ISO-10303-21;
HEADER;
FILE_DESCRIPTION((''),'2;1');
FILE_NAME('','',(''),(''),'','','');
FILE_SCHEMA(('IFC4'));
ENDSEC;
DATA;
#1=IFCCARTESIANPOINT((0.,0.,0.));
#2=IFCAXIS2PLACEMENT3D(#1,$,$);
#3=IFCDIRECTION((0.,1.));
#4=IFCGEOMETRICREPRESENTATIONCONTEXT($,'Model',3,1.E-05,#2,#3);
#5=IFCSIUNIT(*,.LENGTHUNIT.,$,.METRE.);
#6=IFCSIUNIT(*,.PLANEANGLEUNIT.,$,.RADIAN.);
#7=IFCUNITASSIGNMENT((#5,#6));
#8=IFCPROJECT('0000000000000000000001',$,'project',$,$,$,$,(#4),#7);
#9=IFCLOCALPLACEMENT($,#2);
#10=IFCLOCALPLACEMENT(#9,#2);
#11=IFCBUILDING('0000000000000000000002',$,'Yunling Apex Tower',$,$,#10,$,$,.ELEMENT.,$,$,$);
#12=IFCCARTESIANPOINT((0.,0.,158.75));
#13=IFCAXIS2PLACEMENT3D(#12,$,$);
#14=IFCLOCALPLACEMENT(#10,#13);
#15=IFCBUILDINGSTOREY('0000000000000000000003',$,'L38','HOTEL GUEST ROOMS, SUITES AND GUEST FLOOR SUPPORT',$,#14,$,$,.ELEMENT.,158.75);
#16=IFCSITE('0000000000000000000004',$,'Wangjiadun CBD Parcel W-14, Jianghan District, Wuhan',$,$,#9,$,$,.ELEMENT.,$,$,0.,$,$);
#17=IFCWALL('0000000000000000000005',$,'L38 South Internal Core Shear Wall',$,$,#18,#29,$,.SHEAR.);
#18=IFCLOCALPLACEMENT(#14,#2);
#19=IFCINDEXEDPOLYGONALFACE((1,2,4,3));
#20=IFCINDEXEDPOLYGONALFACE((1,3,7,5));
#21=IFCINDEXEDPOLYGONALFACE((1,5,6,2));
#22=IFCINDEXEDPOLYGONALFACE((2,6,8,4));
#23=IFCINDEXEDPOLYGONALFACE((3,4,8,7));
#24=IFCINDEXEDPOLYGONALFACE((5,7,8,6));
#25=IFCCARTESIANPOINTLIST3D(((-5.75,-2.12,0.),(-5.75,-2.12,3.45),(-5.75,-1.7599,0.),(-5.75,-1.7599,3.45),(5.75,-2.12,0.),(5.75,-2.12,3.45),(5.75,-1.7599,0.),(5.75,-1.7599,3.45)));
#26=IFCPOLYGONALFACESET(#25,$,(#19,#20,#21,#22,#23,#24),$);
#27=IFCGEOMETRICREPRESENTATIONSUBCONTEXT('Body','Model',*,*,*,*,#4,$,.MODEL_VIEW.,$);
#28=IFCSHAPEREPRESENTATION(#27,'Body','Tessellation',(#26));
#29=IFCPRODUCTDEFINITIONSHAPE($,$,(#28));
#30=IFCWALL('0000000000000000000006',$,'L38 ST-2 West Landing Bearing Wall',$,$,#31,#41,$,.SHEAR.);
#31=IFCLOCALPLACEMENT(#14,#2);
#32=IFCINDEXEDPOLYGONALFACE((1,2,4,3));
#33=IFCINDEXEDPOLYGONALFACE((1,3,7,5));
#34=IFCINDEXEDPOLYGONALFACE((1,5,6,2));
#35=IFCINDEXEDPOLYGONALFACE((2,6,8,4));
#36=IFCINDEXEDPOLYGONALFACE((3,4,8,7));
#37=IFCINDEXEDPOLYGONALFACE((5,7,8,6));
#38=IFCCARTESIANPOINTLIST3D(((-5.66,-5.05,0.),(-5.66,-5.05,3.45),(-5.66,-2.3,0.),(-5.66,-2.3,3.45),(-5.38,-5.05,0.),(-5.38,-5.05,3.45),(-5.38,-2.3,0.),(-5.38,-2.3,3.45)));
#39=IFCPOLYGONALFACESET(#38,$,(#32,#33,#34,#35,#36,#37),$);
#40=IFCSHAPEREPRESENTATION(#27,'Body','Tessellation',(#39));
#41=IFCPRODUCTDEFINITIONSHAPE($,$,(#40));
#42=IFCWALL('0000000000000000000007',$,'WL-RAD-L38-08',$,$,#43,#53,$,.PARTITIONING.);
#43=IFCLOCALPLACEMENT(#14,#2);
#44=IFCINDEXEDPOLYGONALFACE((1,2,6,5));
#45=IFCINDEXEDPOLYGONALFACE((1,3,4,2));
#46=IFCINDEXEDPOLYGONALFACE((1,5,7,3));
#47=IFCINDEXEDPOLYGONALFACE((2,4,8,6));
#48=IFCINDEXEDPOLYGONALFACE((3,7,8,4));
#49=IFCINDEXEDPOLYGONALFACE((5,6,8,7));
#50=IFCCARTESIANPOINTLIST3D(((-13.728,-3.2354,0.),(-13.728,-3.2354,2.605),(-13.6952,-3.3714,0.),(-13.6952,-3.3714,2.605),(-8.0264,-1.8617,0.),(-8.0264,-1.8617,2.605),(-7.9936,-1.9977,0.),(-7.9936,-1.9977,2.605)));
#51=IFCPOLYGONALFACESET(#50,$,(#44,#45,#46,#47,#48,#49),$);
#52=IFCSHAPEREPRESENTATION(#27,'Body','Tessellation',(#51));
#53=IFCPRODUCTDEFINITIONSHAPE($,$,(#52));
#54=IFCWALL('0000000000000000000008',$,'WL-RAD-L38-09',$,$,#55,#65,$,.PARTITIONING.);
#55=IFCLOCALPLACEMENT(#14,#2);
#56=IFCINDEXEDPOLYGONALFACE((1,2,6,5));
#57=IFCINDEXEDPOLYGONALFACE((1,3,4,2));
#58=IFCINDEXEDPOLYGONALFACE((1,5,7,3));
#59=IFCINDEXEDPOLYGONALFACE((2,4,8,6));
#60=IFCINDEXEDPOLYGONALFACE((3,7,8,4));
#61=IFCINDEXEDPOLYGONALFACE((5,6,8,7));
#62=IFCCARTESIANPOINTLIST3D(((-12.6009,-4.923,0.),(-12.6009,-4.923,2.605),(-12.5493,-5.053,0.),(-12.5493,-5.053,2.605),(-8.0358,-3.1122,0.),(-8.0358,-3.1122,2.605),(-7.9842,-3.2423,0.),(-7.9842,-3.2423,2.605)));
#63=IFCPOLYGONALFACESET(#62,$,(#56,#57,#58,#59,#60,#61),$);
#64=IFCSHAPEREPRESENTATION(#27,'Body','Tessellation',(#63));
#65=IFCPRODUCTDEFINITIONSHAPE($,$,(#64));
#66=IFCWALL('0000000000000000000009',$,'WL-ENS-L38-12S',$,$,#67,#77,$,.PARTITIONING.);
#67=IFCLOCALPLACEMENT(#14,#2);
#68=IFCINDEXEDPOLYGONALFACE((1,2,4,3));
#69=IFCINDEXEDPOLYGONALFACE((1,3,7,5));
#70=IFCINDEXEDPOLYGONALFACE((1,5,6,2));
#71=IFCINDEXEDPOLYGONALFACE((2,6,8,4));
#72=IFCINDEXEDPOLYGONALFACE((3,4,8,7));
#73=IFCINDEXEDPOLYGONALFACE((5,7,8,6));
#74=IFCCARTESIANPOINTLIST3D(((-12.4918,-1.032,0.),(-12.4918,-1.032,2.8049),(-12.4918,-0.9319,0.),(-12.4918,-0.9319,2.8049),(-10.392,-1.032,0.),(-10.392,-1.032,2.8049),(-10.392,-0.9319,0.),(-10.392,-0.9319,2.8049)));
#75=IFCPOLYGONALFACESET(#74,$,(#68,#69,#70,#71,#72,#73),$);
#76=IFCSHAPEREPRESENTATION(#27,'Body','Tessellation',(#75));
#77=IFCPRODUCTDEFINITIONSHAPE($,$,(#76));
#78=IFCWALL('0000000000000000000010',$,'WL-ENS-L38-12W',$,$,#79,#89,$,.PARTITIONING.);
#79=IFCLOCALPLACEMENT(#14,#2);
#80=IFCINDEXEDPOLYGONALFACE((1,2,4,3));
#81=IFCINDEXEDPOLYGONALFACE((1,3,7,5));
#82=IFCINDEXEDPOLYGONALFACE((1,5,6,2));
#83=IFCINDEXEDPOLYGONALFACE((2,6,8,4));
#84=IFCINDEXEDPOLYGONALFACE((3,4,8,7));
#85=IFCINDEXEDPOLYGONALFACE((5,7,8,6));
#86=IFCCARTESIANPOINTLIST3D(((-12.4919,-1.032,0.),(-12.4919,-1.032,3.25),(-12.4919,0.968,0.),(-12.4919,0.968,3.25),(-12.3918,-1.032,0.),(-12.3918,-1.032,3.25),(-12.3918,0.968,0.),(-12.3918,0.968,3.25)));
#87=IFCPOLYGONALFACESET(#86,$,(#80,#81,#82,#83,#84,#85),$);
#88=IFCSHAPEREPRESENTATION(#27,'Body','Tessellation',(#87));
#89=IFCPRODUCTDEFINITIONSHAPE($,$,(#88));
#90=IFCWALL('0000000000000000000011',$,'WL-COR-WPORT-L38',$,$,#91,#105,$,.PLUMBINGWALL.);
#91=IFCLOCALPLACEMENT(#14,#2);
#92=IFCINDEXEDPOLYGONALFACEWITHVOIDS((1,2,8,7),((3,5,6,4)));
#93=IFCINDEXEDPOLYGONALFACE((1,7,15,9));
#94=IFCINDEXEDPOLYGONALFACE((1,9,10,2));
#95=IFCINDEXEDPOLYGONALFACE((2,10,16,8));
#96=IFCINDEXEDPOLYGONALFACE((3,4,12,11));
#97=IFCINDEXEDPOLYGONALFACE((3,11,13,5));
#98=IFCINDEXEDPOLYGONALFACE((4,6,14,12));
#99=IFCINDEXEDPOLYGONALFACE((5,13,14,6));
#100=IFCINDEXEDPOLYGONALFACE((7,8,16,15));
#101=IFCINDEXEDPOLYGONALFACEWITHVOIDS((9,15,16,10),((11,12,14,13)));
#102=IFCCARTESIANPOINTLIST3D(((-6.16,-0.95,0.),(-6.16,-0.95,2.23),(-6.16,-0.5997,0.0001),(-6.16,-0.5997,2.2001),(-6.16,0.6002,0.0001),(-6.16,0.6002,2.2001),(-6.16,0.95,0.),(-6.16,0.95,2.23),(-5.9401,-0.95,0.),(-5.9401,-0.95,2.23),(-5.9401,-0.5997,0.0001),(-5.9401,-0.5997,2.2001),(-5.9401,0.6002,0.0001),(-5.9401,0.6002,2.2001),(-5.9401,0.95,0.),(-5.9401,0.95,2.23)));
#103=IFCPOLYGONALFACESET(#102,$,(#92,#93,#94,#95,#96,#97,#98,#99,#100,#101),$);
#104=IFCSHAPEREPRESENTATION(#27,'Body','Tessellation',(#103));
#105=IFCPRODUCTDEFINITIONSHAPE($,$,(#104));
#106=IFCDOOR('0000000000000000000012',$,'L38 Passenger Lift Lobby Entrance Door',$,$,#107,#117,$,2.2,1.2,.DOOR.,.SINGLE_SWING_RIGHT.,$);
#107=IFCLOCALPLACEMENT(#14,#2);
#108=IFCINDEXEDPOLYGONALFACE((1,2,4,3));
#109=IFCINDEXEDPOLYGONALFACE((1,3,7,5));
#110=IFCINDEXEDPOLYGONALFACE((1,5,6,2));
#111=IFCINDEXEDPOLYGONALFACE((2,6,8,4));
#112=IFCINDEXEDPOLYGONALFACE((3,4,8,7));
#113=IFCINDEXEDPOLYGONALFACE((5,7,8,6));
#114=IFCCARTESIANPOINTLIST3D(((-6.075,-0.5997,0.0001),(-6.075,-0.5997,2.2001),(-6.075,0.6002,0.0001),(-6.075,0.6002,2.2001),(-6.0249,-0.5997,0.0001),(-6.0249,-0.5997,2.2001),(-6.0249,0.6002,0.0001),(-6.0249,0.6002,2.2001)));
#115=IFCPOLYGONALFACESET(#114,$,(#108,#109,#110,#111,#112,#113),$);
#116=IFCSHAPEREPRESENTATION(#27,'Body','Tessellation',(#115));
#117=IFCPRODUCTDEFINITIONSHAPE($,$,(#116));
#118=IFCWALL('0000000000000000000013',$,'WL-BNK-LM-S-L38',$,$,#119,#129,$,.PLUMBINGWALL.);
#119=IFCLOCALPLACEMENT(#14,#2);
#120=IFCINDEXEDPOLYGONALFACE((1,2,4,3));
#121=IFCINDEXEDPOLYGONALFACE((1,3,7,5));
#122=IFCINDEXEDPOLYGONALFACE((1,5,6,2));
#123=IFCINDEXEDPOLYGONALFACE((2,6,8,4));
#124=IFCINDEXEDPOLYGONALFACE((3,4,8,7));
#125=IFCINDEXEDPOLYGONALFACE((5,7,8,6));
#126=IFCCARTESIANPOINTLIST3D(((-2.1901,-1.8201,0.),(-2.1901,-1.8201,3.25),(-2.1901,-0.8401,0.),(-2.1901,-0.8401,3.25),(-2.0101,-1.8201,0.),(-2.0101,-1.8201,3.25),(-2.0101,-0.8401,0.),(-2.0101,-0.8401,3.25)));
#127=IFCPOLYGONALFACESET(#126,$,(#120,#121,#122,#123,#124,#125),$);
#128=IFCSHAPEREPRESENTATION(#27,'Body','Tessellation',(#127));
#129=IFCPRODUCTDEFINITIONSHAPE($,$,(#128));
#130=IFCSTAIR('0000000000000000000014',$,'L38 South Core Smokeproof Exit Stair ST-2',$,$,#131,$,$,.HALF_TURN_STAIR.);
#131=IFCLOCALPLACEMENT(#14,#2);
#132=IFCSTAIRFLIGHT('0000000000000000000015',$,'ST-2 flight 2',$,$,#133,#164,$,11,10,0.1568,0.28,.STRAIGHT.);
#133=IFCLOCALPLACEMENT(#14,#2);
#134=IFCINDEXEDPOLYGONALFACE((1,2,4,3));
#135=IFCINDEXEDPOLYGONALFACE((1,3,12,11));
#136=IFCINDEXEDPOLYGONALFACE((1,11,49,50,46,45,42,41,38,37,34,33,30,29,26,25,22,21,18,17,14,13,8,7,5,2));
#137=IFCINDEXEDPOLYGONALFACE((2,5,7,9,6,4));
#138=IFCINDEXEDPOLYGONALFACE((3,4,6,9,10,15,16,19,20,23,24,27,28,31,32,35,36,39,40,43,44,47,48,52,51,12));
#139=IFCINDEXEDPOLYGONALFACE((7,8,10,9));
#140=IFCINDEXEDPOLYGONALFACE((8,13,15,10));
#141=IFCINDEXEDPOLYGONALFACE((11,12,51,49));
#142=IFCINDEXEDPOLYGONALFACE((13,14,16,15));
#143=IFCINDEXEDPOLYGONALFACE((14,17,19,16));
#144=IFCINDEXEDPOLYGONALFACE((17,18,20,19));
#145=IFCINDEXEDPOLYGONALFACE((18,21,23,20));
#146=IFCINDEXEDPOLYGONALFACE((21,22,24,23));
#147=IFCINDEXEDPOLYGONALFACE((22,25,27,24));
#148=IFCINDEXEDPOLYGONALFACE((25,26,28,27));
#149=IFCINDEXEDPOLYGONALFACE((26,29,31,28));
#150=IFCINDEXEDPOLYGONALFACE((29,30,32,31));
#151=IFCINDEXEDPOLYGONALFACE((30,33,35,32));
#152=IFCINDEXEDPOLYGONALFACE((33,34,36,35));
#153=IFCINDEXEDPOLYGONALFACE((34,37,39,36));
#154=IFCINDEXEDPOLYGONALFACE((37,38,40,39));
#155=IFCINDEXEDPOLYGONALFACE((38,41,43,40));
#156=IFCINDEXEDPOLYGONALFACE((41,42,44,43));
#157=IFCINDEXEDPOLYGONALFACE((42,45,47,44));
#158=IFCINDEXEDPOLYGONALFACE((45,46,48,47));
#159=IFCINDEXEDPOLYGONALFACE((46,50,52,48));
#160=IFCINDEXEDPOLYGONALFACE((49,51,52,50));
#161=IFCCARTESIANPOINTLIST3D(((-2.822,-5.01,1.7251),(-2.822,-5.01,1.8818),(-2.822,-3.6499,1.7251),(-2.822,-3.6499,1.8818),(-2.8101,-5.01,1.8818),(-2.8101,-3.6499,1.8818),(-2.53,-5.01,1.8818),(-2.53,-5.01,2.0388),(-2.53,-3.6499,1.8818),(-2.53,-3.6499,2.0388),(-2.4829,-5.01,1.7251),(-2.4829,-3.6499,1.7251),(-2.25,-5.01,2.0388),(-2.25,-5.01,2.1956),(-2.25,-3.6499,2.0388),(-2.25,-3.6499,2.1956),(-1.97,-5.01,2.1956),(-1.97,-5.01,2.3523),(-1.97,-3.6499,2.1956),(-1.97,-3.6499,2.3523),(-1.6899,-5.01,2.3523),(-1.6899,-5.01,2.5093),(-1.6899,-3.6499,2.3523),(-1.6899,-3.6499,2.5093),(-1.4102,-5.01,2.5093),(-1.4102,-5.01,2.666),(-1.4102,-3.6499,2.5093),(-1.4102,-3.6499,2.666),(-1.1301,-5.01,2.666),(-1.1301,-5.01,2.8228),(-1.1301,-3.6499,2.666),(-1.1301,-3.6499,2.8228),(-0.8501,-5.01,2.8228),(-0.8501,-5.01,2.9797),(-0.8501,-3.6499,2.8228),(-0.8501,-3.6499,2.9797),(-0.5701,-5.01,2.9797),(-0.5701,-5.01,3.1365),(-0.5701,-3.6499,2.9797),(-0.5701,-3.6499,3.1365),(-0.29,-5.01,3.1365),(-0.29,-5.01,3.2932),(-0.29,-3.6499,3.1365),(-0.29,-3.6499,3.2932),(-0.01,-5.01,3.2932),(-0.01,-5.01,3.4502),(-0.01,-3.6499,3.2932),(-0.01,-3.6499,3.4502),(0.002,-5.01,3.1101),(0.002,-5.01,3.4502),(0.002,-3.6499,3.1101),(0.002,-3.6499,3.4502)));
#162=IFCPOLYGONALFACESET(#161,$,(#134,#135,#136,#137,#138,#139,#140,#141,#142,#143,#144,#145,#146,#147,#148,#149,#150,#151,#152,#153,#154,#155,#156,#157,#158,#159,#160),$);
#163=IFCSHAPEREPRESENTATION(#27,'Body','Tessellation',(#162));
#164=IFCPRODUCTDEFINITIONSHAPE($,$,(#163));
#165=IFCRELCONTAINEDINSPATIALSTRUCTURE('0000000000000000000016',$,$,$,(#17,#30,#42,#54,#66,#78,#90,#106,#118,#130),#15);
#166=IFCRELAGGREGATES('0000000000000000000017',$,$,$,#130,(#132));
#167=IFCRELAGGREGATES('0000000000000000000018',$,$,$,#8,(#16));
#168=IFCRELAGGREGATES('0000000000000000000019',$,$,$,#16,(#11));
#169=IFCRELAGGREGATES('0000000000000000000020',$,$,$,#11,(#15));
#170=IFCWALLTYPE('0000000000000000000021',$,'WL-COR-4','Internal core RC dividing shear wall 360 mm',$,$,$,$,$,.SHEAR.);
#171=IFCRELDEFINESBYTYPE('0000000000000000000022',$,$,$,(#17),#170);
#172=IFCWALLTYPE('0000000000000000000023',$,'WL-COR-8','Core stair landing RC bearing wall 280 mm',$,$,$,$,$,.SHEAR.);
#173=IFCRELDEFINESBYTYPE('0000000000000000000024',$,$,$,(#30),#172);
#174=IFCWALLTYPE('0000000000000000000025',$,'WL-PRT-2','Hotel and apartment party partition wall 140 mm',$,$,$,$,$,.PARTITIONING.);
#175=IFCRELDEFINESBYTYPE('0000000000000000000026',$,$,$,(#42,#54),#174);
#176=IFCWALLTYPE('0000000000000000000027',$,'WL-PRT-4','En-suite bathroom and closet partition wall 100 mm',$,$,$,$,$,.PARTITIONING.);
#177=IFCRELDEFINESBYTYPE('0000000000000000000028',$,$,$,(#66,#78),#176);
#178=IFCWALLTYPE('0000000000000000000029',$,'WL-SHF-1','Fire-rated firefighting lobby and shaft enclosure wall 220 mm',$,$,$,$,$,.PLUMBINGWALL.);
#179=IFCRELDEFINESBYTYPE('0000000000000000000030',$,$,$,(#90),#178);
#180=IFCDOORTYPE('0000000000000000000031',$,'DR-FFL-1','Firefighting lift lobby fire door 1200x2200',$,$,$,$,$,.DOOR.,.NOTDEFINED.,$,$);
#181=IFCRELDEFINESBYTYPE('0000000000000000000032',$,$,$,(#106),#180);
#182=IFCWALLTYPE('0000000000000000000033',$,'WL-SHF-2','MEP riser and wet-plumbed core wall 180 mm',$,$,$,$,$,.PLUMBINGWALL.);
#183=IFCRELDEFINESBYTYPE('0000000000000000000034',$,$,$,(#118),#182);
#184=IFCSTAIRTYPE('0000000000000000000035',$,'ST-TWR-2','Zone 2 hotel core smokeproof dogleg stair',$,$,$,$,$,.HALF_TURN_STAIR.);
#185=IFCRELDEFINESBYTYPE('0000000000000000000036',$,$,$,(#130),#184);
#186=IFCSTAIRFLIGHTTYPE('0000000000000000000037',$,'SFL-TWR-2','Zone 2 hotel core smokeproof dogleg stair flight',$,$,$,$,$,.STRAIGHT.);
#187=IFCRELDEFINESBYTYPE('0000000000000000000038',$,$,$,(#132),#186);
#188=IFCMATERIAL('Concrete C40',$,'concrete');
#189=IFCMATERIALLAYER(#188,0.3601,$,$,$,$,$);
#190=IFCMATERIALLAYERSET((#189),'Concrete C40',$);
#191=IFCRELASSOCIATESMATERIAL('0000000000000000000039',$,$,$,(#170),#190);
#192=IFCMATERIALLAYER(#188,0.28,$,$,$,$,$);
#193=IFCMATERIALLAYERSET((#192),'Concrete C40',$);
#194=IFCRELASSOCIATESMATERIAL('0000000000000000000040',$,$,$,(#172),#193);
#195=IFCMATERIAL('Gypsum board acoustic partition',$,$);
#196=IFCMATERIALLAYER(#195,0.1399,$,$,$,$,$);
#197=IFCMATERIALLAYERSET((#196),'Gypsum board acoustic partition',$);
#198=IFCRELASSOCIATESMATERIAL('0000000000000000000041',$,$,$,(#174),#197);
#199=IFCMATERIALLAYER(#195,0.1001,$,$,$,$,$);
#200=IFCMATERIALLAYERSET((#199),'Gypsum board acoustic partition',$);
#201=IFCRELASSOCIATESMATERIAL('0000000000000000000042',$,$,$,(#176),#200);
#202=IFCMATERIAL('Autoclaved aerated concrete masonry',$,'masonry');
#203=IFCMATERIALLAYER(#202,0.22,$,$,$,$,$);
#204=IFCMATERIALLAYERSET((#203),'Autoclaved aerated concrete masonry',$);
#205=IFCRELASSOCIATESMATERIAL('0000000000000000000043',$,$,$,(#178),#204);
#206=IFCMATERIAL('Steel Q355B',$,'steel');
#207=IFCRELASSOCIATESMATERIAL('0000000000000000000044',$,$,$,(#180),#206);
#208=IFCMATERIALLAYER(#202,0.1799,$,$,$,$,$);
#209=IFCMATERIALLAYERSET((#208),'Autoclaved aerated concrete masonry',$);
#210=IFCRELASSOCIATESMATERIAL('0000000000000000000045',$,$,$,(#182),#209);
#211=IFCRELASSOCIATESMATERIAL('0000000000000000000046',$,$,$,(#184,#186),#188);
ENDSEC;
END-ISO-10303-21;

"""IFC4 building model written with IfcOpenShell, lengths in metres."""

from ifc_helpers import new_model, si_unit, direction, frame, frame_2d, origin, place, context, subcontext, project, spatial, polyline, rectangle, outline, extrude, material, layer, layer_set, type_object, element, fill, aggregate, save


model = new_model("IFC4")

# Units and contexts
model_context = context("Model", 3, precision=1e-05, world=origin(), true_north=direction((0.0, 1.0)))
body_context = subcontext(model_context, "Body", "Model", "MODEL_VIEW")
ifc_project = project(units=[si_unit("LENGTHUNIT", "METRE"), si_unit("PLANEANGLEUNIT", "RADIAN")], contexts=[model_context])

# Site, building, storey
site_placement = place(None, origin())
site = spatial("IfcSite", under=ifc_project, at=site_placement, Name="Wangjiadun CBD Parcel W-14, Jianghan District, Wuhan", CompositionType="ELEMENT", RefElevation=0.0)
building_placement = place(site_placement, origin())
building = spatial("IfcBuilding", under=site, at=building_placement, Name="Yunling Apex Tower", CompositionType="ELEMENT")
storey_placement = place(building_placement, frame((0.0, 0.0, 158.75)))
storey = spatial("IfcBuildingStorey", under=building, at=storey_placement, Name="L38", Description="HOTEL GUEST ROOMS, SUITES AND GUEST FLOOR SUPPORT", CompositionType="ELEMENT", Elevation=158.75)

# Shared definitions
ifc_material_1 = material(Name="Steel Q355B", Category="steel")

# Walls
ifc_material_2 = material(Name="Concrete C40", Category="concrete")
ifc_layer_1 = layer(ifc_material_2, 0.3601)
ifc_layer_set_1 = layer_set([ifc_layer_1], Name="Concrete C40")
wall_type_1 = type_object("IfcWallType", Name="WL-COR-4", Description="Internal core RC dividing shear wall 360 mm", PredefinedType="SHEAR", material=ifc_layer_set_1)
wall_1_placement = place(storey_placement, frame((-5.75, -1.9399, 0.0), z_axis=(0.0, 0.0, 1.0), x_axis=(1.0, 0.0, 0.0)))
element("IfcWall", 1, at=wall_1_placement, inside=storey, type_object=wall_type_1, Name="L38 South Internal Core Shear Wall", PredefinedType="SHEAR", context=body_context, shape_type="SweptSolid", body=[
    extrude(rectangle(XDim=11.5, YDim=0.3601, at=frame_2d((5.75, 0.0))), origin(), (0.0, 0.0, 1.0), 3.45),
])
ifc_layer_2 = layer(ifc_material_2, 0.28)
ifc_layer_set_2 = layer_set([ifc_layer_2], Name="Concrete C40")
wall_type_2 = type_object("IfcWallType", Name="WL-COR-8", Description="Core stair landing RC bearing wall 280 mm", PredefinedType="SHEAR", material=ifc_layer_set_2)
wall_2_placement = place(storey_placement, frame((-5.52, -5.05, 0.0), z_axis=(0.0, 0.0, 1.0), x_axis=(0.0, 1.0, 0.0)))
element("IfcWall", 2, at=wall_2_placement, inside=storey, type_object=wall_type_2, Name="L38 ST-2 West Landing Bearing Wall", PredefinedType="SHEAR", context=body_context, shape_type="SweptSolid", body=[
    extrude(rectangle(XDim=2.75, YDim=0.28, at=frame_2d((1.375, 0.0))), origin(), (0.0, 0.0, 1.0), 3.45),
])
ifc_material_3 = material(Name="Gypsum board acoustic partition")
ifc_layer_3 = layer(ifc_material_3, 0.1399)
ifc_layer_set_3 = layer_set([ifc_layer_3], Name="Gypsum board acoustic partition")
wall_type_3 = type_object("IfcWallType", Name="WL-PRT-2", Description="Hotel and apartment party partition wall 140 mm", PredefinedType="PARTITIONING", material=ifc_layer_set_3)
wall_3_placement = place(storey_placement, frame((-8.01, -1.9297, 0.0), z_axis=(0.0, 0.0, 1.0), x_axis=(-0.972179, -0.23424, 0.0)))
element("IfcWall", 3, at=wall_3_placement, inside=storey, type_object=wall_type_3, Name="WL-RAD-L38-08", PredefinedType="PARTITIONING", context=body_context, shape_type="SweptSolid", body=[
    extrude(rectangle(XDim=5.8647, YDim=0.1399, at=frame_2d((2.9324, 0.0))), origin(), (0.0, 0.0, 1.0), 2.605),
])
wall_4_placement = place(storey_placement, frame((-8.01, -3.1772, 0.0), z_axis=(0.0, 0.0, 1.0), x_axis=(-0.929546, -0.368706, 0.0)))
element("IfcWall", 4, at=wall_4_placement, inside=storey, type_object=wall_type_3, Name="WL-RAD-L38-09", PredefinedType="PARTITIONING", context=body_context, shape_type="SweptSolid", body=[
    extrude(rectangle(XDim=4.9111, YDim=0.1399, at=frame_2d((2.4556, 0.0))), origin(), (0.0, 0.0, 1.0), 2.605),
])
ifc_layer_4 = layer(ifc_material_3, 0.1001)
ifc_layer_set_4 = layer_set([ifc_layer_4], Name="Gypsum board acoustic partition")
wall_type_4 = type_object("IfcWallType", Name="WL-PRT-4", Description="En-suite bathroom and closet partition wall 100 mm", PredefinedType="PARTITIONING", material=ifc_layer_set_4)
wall_5_placement = place(storey_placement, frame((-10.3921, -0.9819, 0.0), z_axis=(0.0, 0.0, 1.0), x_axis=(-1.0, 0.0, 0.0)))
element("IfcWall", 5, at=wall_5_placement, inside=storey, type_object=wall_type_4, Name="WL-ENS-L38-12S", PredefinedType="PARTITIONING", context=body_context, shape_type="SweptSolid", body=[
    extrude(rectangle(XDim=2.0999, YDim=0.1001, at=frame_2d((1.0498, 0.0))), origin(), (0.0, 0.0, 1.0), 2.8049),
])
wall_6_placement = place(storey_placement, frame((-12.4419, -1.032, 0.0), z_axis=(0.0, 0.0, 1.0), x_axis=(0.0, 1.0, 0.0)))
element("IfcWall", 6, at=wall_6_placement, inside=storey, type_object=wall_type_4, Name="WL-ENS-L38-12W", PredefinedType="PARTITIONING", context=body_context, shape_type="SweptSolid", body=[
    extrude(rectangle(XDim=2.0, YDim=0.1001, at=frame_2d((1.0, 0.0))), origin(), (0.0, 0.0, 1.0), 3.25),
])

# Wall, opening, door
ifc_material_4 = material(Name="Autoclaved aerated concrete masonry", Category="masonry")
ifc_layer_5 = layer(ifc_material_4, 0.22)
ifc_layer_set_5 = layer_set([ifc_layer_5], Name="Autoclaved aerated concrete masonry")
wall_type_5 = type_object("IfcWallType", Name="WL-SHF-1", Description="Fire-rated firefighting lobby and shaft enclosure wall 220 mm", PredefinedType="PLUMBINGWALL", material=ifc_layer_set_5)
wall_7_placement = place(storey_placement, frame((-6.05, -0.95, 0.0), z_axis=(0.0, 0.0, 1.0), x_axis=(0.0, 1.0, 0.0)))
wall_7 = element("IfcWall", 7, at=wall_7_placement, inside=storey, type_object=wall_type_5, Name="WL-COR-WPORT-L38", PredefinedType="PLUMBINGWALL", context=body_context, shape_type="SweptSolid", body=[
    extrude(rectangle(XDim=1.8999, YDim=0.22, at=frame_2d((0.95, 0.0))), origin(), (0.0, 0.0, 1.0), 2.23),
])
opening_placement = place(wall_7_placement, frame((0.3501, 0.0, 0.0)))
opening = element("IfcOpeningElement", 8, at=opening_placement, cuts=wall_7, PredefinedType="OPENING", context=body_context, shape_type="SweptSolid", body=[
    extrude(rectangle(XDim=1.2, YDim=2.2, at=frame_2d((0.6001, 1.1001))), frame((0.0, 0.1201, 0.0), z_axis=(0.0, -1.0, 0.0), x_axis=(1.0, 0.0, 0.0)), (0.0, 0.0, 1.0), 0.24),
])
door_type = type_object("IfcDoorType", Name="DR-FFL-1", Description="Firefighting lift lobby fire door 1200x2200", OperationType="NOTDEFINED", PredefinedType="DOOR", material=ifc_material_1)
door_placement = place(opening_placement, origin())
door = element("IfcDoor", 9, at=door_placement, inside=storey, type_object=door_type, Name="L38 Passenger Lift Lobby Entrance Door", OperationType="SINGLE_SWING_RIGHT", OverallHeight=2.2, OverallWidth=1.2, PredefinedType="DOOR", context=body_context, shape_type="SweptSolid", body=[
    extrude(rectangle(XDim=1.2, YDim=2.2, at=frame_2d((0.6001, 1.1001))), frame((0.0, 0.0249, 0.0), z_axis=(0.0, -1.0, 0.0), x_axis=(1.0, 0.0, 0.0)), (0.0, 0.0, 1.0), 0.05),
])
fill(opening, door)

# Wall
ifc_layer_6 = layer(ifc_material_4, 0.1799)
ifc_layer_set_6 = layer_set([ifc_layer_6], Name="Autoclaved aerated concrete masonry")
wall_type_6 = type_object("IfcWallType", Name="WL-SHF-2", Description="MEP riser and wet-plumbed core wall 180 mm", PredefinedType="PLUMBINGWALL", material=ifc_layer_set_6)
wall_8_placement = place(storey_placement, frame((-2.1001, -1.8201, 0.0), z_axis=(0.0, 0.0, 1.0), x_axis=(0.0, 1.0, 0.0)))
element("IfcWall", 10, at=wall_8_placement, inside=storey, type_object=wall_type_6, Name="WL-BNK-LM-S-L38", PredefinedType="PLUMBINGWALL", context=body_context, shape_type="SweptSolid", body=[
    extrude(rectangle(XDim=0.98, YDim=0.1799, at=frame_2d((0.49, 0.0))), origin(), (0.0, 0.0, 1.0), 3.25),
])

# Stair, stair flight
stair_type = type_object("IfcStairType", Name="ST-TWR-2", Description="Zone 2 hotel core smokeproof dogleg stair", PredefinedType="HALF_TURN_STAIR", material=ifc_material_2)
stair_placement = place(storey_placement, origin())
stair = element("IfcStair", 11, at=stair_placement, inside=storey, type_object=stair_type, Name="L38 South Core Smokeproof Exit Stair ST-2", PredefinedType="HALF_TURN_STAIR")
stair_flight_type = type_object("IfcStairFlightType", Name="SFL-TWR-2", Description="Zone 2 hotel core smokeproof dogleg stair flight", PredefinedType="STRAIGHT", material=ifc_material_2)
stair_flight_placement = place(storey_placement, frame((-2.8101, -4.3301, 1.7251), z_axis=(0.0, 0.0, 1.0), x_axis=(1.0, 0.0, 0.0)))
stair_flight = element("IfcStairFlight", 12, at=stair_flight_placement, type_object=stair_flight_type, Name="ST-2 flight 2", NumberOfRisers=11, NumberOfTreads=10, PredefinedType="STRAIGHT", RiserHeight=0.1568, TreadLength=0.28, context=body_context, shape_type="SweptSolid", body=[
    extrude(outline(polyline([(-0.012, 0.0), (-0.012, 0.1567), (0.0, 0.1567), (0.28, 0.1567), (0.28, 0.3137), (0.5601, 0.3137), (0.5601, 0.4705), (0.8401, 0.4705), (0.8401, 0.6272), (1.1201, 0.6272), (1.1201, 0.7842), (1.3999, 0.7842), (1.3999, 0.9409), (1.6799, 0.9409), (1.6799, 1.0977), (1.96, 1.0977), (1.96, 1.2546), (2.24, 1.2546), (2.24, 1.4114), (2.52, 1.4114), (2.52, 1.5681), (2.8, 1.5681), (2.8, 1.7251), (2.812, 1.7251), (2.812, 1.385), (0.3271, 0.0), (-0.012, 0.0)])), frame((0.0, 0.6802, 0.0), z_axis=(0.0, -1.0, 0.0), x_axis=(1.0, 0.0, 0.0)), (0.0, 0.0, 1.0), 1.3601),
])
aggregate(stair, [stair_flight])

save(model, "model.ifc")
